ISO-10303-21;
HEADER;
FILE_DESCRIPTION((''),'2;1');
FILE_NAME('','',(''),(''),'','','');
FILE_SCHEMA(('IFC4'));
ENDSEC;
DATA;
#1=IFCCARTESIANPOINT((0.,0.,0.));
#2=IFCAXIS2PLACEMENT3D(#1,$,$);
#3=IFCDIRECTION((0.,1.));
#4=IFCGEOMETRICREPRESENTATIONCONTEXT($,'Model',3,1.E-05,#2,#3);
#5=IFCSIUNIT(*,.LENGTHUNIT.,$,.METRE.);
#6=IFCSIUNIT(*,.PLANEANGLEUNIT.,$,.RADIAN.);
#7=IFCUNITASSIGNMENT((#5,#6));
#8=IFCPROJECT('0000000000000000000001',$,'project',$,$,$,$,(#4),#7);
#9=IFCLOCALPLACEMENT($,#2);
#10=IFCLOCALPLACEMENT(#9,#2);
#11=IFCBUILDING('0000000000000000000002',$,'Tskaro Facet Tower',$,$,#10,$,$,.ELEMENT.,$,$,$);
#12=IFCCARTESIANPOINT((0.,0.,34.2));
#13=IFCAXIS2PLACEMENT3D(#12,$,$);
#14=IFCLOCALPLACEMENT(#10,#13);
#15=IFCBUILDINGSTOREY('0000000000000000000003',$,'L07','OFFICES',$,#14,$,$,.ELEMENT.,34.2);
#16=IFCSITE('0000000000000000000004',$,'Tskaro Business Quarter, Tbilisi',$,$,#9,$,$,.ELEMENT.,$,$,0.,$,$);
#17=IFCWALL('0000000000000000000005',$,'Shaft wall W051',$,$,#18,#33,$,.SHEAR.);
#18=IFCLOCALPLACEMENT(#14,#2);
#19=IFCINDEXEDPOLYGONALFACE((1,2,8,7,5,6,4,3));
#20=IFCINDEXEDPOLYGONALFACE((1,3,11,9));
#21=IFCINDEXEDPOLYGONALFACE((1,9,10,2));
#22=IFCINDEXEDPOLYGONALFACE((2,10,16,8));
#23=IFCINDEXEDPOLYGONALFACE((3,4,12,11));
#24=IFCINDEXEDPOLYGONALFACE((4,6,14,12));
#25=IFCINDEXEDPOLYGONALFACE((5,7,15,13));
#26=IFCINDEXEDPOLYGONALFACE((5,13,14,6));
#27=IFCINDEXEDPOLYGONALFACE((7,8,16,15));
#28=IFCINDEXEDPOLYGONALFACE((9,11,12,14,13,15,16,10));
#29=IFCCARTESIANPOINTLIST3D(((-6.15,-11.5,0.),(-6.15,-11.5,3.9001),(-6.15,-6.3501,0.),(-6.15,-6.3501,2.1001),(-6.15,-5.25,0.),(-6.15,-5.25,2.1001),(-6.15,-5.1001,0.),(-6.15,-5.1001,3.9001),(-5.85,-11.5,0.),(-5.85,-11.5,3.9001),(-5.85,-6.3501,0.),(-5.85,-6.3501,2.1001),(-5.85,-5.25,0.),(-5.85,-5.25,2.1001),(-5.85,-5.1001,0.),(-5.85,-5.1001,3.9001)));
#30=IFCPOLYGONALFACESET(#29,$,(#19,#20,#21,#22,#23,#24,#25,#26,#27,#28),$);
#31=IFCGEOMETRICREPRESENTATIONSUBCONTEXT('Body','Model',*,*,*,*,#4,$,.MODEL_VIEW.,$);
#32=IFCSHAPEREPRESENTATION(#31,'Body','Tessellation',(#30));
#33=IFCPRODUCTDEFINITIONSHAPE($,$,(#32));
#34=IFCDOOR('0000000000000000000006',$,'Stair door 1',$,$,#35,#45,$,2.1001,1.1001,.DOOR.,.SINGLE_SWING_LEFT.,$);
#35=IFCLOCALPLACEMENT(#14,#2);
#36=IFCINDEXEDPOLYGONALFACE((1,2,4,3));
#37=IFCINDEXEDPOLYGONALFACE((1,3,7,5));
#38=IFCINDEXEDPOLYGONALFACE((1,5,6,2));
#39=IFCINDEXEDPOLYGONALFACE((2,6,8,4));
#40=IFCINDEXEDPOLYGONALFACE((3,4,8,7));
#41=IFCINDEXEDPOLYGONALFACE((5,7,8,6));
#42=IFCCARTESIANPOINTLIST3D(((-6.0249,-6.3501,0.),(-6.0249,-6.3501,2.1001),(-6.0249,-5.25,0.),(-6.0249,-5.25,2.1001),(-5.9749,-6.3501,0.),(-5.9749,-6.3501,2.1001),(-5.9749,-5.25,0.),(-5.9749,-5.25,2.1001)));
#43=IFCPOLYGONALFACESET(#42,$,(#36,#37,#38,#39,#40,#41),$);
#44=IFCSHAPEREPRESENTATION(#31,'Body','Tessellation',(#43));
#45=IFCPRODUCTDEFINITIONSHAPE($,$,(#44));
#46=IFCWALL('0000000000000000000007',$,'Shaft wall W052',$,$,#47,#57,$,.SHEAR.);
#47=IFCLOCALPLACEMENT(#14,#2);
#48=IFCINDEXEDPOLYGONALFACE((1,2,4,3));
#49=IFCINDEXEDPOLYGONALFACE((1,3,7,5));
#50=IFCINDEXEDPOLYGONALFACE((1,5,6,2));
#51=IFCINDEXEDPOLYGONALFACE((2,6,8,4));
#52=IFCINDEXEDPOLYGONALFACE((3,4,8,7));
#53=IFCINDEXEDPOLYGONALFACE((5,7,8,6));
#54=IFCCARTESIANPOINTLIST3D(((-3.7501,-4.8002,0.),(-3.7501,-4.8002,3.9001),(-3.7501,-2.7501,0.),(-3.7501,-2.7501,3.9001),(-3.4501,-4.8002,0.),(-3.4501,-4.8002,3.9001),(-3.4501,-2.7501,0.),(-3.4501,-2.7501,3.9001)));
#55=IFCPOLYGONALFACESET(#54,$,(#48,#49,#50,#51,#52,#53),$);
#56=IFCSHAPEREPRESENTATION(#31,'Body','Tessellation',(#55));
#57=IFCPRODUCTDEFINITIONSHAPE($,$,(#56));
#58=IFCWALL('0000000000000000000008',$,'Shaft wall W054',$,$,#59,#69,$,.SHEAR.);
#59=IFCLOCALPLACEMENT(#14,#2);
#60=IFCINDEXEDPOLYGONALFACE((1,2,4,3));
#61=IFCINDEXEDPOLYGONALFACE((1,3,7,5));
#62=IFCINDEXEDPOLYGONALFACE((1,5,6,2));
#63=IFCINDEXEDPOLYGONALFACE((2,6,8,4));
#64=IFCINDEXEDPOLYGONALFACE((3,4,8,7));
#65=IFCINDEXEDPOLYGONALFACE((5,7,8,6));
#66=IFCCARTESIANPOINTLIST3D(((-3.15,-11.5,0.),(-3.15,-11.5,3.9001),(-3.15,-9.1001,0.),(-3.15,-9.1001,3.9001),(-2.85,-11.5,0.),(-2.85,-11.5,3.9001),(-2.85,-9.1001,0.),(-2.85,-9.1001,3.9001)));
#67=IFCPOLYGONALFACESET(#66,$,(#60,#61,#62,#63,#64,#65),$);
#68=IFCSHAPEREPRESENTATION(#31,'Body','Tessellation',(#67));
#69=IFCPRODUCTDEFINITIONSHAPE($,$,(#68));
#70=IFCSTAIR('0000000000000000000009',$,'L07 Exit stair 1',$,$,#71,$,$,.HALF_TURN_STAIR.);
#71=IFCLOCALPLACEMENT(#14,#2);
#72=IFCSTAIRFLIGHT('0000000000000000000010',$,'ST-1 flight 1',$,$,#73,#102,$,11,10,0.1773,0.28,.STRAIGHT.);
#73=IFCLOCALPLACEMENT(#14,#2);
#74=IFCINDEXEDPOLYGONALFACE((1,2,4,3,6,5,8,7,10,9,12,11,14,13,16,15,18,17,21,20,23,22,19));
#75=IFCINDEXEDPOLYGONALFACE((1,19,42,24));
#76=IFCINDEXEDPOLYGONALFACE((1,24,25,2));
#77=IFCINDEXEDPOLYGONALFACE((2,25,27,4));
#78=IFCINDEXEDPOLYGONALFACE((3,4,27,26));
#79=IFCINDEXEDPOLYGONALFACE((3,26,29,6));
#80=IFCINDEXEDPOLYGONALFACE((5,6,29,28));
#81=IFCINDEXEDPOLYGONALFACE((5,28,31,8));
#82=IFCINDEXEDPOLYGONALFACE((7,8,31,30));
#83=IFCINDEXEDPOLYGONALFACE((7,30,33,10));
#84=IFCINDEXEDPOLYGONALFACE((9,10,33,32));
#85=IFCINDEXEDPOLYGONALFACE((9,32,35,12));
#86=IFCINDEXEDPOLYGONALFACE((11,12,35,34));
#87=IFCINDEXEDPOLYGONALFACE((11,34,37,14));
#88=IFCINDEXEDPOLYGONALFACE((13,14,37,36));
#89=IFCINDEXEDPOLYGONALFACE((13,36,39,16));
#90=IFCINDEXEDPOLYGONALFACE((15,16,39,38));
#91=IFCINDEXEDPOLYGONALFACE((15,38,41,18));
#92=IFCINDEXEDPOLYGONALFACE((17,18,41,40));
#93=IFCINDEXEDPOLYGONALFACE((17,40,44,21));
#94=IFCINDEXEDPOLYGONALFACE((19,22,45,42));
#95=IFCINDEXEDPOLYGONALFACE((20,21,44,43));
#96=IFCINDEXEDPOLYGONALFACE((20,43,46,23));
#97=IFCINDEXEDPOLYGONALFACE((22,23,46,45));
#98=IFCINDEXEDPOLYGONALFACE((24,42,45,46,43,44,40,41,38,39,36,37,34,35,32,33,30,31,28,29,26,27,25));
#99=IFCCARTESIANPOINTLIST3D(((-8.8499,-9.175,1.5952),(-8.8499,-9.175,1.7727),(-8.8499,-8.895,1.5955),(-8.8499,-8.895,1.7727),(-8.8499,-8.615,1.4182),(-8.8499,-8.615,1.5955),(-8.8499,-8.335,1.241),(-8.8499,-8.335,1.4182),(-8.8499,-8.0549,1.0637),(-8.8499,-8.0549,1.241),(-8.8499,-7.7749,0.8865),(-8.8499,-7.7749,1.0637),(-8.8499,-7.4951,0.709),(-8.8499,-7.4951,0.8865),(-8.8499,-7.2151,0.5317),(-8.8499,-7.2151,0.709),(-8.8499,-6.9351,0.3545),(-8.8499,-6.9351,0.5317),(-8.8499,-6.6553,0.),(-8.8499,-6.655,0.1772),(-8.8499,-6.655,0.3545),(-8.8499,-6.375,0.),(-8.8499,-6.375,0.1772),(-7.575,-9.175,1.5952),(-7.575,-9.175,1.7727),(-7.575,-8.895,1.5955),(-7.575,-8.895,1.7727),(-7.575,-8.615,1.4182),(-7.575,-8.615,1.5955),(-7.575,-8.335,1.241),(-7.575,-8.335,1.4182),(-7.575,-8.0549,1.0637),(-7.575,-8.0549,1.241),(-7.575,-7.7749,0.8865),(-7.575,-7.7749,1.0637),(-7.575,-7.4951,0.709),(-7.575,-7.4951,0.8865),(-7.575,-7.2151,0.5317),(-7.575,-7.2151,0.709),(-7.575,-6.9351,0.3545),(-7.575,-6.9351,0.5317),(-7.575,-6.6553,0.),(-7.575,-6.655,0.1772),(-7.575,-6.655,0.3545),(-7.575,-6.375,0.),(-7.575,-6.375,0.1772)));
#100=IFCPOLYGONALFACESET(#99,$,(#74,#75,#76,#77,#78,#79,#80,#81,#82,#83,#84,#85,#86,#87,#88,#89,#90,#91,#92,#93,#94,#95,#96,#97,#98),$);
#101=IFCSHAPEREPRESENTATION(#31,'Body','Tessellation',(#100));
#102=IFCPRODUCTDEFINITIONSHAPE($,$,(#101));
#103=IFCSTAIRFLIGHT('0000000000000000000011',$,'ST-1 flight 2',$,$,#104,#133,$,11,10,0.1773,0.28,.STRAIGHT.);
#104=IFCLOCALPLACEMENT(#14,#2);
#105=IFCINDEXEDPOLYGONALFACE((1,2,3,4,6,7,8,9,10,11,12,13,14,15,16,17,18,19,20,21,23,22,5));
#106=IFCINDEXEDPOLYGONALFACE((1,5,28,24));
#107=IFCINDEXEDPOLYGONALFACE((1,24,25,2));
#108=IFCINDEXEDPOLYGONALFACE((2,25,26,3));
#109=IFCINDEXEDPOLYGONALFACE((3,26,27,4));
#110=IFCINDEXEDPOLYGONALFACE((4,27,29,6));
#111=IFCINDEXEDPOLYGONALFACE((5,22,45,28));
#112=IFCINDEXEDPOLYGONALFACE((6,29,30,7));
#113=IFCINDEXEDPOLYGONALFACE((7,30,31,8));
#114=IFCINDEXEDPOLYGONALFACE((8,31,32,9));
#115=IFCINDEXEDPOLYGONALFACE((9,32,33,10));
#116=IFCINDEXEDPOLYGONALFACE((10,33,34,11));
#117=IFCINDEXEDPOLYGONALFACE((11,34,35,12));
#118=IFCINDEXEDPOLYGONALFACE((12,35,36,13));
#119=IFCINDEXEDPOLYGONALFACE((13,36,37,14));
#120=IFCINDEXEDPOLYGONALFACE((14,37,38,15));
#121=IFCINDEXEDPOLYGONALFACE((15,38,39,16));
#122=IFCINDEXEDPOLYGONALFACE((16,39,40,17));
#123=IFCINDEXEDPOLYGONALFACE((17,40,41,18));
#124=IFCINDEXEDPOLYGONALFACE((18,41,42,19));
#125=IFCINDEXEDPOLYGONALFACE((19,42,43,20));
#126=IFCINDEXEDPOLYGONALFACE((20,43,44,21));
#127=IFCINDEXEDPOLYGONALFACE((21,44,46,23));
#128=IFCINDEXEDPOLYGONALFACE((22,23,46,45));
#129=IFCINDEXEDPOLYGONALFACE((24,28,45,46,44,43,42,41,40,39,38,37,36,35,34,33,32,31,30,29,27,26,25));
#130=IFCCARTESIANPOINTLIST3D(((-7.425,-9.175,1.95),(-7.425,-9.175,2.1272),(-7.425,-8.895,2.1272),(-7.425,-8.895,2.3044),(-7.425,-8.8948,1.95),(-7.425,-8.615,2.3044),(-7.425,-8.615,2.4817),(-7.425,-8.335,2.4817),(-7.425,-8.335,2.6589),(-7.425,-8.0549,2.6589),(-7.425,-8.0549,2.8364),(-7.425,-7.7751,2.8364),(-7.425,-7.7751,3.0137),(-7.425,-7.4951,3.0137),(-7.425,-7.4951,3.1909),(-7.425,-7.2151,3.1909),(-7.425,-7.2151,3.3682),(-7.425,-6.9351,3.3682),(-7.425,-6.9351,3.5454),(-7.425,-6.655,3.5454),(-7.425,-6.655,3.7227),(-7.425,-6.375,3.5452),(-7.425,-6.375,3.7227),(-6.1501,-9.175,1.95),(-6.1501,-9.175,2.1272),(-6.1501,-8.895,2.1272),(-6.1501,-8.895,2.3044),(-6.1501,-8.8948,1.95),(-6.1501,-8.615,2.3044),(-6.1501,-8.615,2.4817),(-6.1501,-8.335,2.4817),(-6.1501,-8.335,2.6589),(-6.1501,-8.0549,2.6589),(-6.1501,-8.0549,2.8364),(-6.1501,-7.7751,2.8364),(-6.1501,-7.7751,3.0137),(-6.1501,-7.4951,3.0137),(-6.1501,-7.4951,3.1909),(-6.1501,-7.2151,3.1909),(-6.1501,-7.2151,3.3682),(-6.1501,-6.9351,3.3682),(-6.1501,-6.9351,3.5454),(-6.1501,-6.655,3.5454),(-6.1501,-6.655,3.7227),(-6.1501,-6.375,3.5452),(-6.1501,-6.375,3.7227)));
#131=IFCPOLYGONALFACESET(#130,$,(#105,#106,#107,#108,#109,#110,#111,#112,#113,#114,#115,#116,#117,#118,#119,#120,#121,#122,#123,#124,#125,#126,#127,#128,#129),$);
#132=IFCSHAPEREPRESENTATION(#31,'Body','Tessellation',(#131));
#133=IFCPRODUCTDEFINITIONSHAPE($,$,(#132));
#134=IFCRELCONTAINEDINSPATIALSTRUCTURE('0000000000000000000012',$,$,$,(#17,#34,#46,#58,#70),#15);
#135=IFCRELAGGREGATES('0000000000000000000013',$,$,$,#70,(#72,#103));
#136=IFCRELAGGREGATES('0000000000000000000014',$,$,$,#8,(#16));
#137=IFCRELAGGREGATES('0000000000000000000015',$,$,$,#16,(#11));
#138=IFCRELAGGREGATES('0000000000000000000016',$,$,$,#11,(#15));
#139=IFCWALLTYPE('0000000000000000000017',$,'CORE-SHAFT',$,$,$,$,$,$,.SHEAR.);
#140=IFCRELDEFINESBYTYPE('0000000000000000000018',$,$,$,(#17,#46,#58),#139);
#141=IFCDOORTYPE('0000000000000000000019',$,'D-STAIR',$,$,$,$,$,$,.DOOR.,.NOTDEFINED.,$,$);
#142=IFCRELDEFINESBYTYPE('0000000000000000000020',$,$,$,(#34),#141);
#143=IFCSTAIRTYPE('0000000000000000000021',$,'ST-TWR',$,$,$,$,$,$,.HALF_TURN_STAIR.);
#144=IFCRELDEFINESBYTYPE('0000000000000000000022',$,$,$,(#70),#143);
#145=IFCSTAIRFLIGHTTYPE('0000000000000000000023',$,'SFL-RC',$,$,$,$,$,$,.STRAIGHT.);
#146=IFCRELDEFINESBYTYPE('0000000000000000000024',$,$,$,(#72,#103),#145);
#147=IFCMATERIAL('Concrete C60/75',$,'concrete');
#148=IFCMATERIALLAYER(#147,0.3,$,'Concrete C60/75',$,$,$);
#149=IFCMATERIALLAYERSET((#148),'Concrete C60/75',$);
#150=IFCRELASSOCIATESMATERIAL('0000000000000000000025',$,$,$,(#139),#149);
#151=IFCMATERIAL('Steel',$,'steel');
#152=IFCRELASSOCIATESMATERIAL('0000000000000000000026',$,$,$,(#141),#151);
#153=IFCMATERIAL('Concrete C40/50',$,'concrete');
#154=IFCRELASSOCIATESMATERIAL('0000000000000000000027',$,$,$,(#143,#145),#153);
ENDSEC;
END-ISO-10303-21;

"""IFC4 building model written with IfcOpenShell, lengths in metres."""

from ifc_helpers import new_model, si_unit, direction, frame, frame_2d, origin, place, context, subcontext, project, spatial, polyline, rectangle, outline, extrude, material, layer, layer_set, type_object, element, fill, aggregate, save


model = new_model("IFC4")

# Units and contexts
model_context = context("Model", 3, precision=1e-05, world=origin(), true_north=direction((0.0, 1.0)))
body_context = subcontext(model_context, "Body", "Model", "MODEL_VIEW")
ifc_project = project(units=[si_unit("LENGTHUNIT", "METRE"), si_unit("PLANEANGLEUNIT", "RADIAN")], contexts=[model_context])

# Site, building, storey
site_placement = place(None, origin())
site = spatial("IfcSite", under=ifc_project, at=site_placement, Name="Tskaro Business Quarter, Tbilisi", CompositionType="ELEMENT", RefElevation=0.0)
building_placement = place(site_placement, origin())
building = spatial("IfcBuilding", under=site, at=building_placement, Name="Tskaro Facet Tower", CompositionType="ELEMENT")
storey_placement = place(building_placement, frame((0.0, 0.0, 34.2)))
storey = spatial("IfcBuildingStorey", under=building, at=storey_placement, Name="L07", Description="OFFICES", CompositionType="ELEMENT", Elevation=34.2)

# Shared definitions
ifc_material_1 = material(Name="Concrete C60/75", Category="concrete")
ifc_layer = layer(ifc_material_1, 0.3, Name="Concrete C60/75")
ifc_layer_set = layer_set([ifc_layer], Name="Concrete C60/75")
wall_type = type_object("IfcWallType", Name="CORE-SHAFT", PredefinedType="SHEAR", material=ifc_layer_set)

# Wall, opening, door
wall_1_placement = place(storey_placement, frame((-6.0, -11.5, 0.0), z_axis=(0.0, 0.0, 1.0), x_axis=(0.0, 1.0, 0.0)))
wall_1 = element("IfcWall", 1, at=wall_1_placement, inside=storey, type_object=wall_type, Name="Shaft wall W051", PredefinedType="SHEAR", context=body_context, shape_type="SweptSolid", body=[
    extrude(rectangle(XDim=6.3999, YDim=0.3, at=frame_2d((3.2, 0.0))), origin(), (0.0, 0.0, 1.0), 3.9001),
])
opening_1_placement = place(wall_1_placement, frame((5.1499, 0.0, 0.0)))
opening_1 = element("IfcOpeningElement", 2, at=opening_1_placement, cuts=wall_1, PredefinedType="OPENING", context=body_context, shape_type="SweptSolid", body=[
    extrude(rectangle(XDim=1.1001, YDim=2.1001, at=frame_2d((0.55, 1.05))), frame((0.0, 0.1599, 0.0), z_axis=(0.0, -1.0, 0.0), x_axis=(1.0, 0.0, 0.0)), (0.0, 0.0, 1.0), 0.3201),
])
ifc_material_2 = material(Name="Steel", Category="steel")
door_type_1 = type_object("IfcDoorType", Name="D-STAIR", OperationType="NOTDEFINED", PredefinedType="DOOR", material=ifc_material_2)
door_1_placement = place(opening_1_placement, origin())
door_1 = element("IfcDoor", 3, at=door_1_placement, inside=storey, type_object=door_type_1, Name="Stair door 1", OperationType="SINGLE_SWING_LEFT", OverallHeight=2.1001, OverallWidth=1.1001, PredefinedType="DOOR", context=body_context, shape_type="SweptSolid", body=[
    extrude(rectangle(XDim=1.1001, YDim=2.1001, at=frame_2d((0.55, 1.05))), frame((0.0, 0.0249, 0.0), z_axis=(0.0, -1.0, 0.0), x_axis=(1.0, 0.0, 0.0)), (0.0, 0.0, 1.0), 0.05),
])
fill(opening_1, door_1)

# Walls
wall_2_placement = place(storey_placement, frame((-3.6001, -4.8, 0.0), z_axis=(0.0, 0.0, 1.0), x_axis=(0.0, 1.0, 0.0)))
element("IfcWall", 4, at=wall_2_placement, inside=storey, type_object=wall_type, Name="Shaft wall W052", PredefinedType="SHEAR", context=body_context, shape_type="SweptSolid", body=[
    extrude(rectangle(XDim=2.05, YDim=0.3, at=frame_2d((1.0249, 0.0))), origin(), (0.0, 0.0, 1.0), 3.9001),
])
wall_3_placement = place(storey_placement, frame((-3.0, -11.5, 0.0), z_axis=(0.0, 0.0, 1.0), x_axis=(0.0, 1.0, 0.0)))
element("IfcWall", 5, at=wall_3_placement, inside=storey, type_object=wall_type, Name="Shaft wall W054", PredefinedType="SHEAR", context=body_context, shape_type="SweptSolid", body=[
    extrude(rectangle(XDim=2.3999, YDim=0.3, at=frame_2d((1.2, 0.0))), origin(), (0.0, 0.0, 1.0), 3.9001),
])

# Stair, stair flights
ifc_material_3 = material(Name="Concrete C40/50", Category="concrete")
stair_type = type_object("IfcStairType", Name="ST-TWR", PredefinedType="HALF_TURN_STAIR", material=ifc_material_3)
stair_placement = place(storey_placement, origin())
stair = element("IfcStair", 6, at=stair_placement, inside=storey, type_object=stair_type, Name="L07 Exit stair 1", PredefinedType="HALF_TURN_STAIR")
stair_flight_type = type_object("IfcStairFlightType", Name="SFL-RC", PredefinedType="STRAIGHT", material=ifc_material_3)
stair_flight_1_placement = place(storey_placement, frame((-8.2124, -6.375, 0.0), z_axis=(0.0, 0.0, 1.0), x_axis=(0.0, -1.0, 0.0)))
stair_flight_1 = element("IfcStairFlight", 7, at=stair_flight_1_placement, type_object=stair_flight_type, Name="ST-1 flight 1", NumberOfRisers=11, NumberOfTreads=10, PredefinedType="STRAIGHT", RiserHeight=0.1773, TreadLength=0.28, context=body_context, shape_type="SweptSolid", body=[
    extrude(outline(polyline([(0.0, 0.0), (0.0, 0.1772), (0.28, 0.1772), (0.28, 0.3545), (0.5601, 0.3545), (0.5601, 0.5317), (0.8401, 0.5317), (0.8401, 0.709), (1.1201, 0.709), (1.1201, 0.8865), (1.3999, 0.8865), (1.3999, 1.0637), (1.6799, 1.0637), (1.6799, 1.241), (1.96, 1.241), (1.96, 1.4182), (2.24, 1.4182), (2.24, 1.5955), (2.52, 1.5955), (2.52, 1.7727), (2.8, 1.7727), (2.8, 1.95), (2.8, 1.5952), (0.2803, 0.0), (0.0, 0.0)])), frame((0.0, 0.6375, 0.0), z_axis=(0.0, -1.0, 0.0), x_axis=(1.0, 0.0, 0.0)), (0.0, 0.0, 1.0), 1.2749),
])
stair_flight_2_placement = place(storey_placement, frame((-6.7876, -9.175, 1.95), z_axis=(0.0, 0.0, 1.0), x_axis=(0.0, 1.0, 0.0)))
stair_flight_2 = element("IfcStairFlight", 8, at=stair_flight_2_placement, type_object=stair_flight_type, Name="ST-1 flight 2", NumberOfRisers=11, NumberOfTreads=10, PredefinedType="STRAIGHT", RiserHeight=0.1773, TreadLength=0.28, context=body_context, shape_type="SweptSolid", body=[
    extrude(outline(polyline([(0.0, 0.0), (0.0, 0.1772), (0.28, 0.1772), (0.28, 0.3545), (0.5601, 0.3545), (0.5601, 0.5317), (0.8401, 0.5317), (0.8401, 0.709), (1.1201, 0.709), (1.1201, 0.8865), (1.3999, 0.8865), (1.3999, 1.0637), (1.6799, 1.0637), (1.6799, 1.241), (1.96, 1.241), (1.96, 1.4182), (2.24, 1.4182), (2.24, 1.5955), (2.52, 1.5955), (2.52, 1.7727), (2.8, 1.7727), (2.8, 1.95), (2.8, 1.5952), (0.2803, 0.0), (0.0, 0.0)])), frame((0.0, 0.6375, 0.0), z_axis=(0.0, -1.0, 0.0), x_axis=(1.0, 0.0, 0.0)), (0.0, 0.0, 1.0), 1.2749),
])
aggregate(stair, [stair_flight_1, stair_flight_2])

save(model, "model.ifc")
